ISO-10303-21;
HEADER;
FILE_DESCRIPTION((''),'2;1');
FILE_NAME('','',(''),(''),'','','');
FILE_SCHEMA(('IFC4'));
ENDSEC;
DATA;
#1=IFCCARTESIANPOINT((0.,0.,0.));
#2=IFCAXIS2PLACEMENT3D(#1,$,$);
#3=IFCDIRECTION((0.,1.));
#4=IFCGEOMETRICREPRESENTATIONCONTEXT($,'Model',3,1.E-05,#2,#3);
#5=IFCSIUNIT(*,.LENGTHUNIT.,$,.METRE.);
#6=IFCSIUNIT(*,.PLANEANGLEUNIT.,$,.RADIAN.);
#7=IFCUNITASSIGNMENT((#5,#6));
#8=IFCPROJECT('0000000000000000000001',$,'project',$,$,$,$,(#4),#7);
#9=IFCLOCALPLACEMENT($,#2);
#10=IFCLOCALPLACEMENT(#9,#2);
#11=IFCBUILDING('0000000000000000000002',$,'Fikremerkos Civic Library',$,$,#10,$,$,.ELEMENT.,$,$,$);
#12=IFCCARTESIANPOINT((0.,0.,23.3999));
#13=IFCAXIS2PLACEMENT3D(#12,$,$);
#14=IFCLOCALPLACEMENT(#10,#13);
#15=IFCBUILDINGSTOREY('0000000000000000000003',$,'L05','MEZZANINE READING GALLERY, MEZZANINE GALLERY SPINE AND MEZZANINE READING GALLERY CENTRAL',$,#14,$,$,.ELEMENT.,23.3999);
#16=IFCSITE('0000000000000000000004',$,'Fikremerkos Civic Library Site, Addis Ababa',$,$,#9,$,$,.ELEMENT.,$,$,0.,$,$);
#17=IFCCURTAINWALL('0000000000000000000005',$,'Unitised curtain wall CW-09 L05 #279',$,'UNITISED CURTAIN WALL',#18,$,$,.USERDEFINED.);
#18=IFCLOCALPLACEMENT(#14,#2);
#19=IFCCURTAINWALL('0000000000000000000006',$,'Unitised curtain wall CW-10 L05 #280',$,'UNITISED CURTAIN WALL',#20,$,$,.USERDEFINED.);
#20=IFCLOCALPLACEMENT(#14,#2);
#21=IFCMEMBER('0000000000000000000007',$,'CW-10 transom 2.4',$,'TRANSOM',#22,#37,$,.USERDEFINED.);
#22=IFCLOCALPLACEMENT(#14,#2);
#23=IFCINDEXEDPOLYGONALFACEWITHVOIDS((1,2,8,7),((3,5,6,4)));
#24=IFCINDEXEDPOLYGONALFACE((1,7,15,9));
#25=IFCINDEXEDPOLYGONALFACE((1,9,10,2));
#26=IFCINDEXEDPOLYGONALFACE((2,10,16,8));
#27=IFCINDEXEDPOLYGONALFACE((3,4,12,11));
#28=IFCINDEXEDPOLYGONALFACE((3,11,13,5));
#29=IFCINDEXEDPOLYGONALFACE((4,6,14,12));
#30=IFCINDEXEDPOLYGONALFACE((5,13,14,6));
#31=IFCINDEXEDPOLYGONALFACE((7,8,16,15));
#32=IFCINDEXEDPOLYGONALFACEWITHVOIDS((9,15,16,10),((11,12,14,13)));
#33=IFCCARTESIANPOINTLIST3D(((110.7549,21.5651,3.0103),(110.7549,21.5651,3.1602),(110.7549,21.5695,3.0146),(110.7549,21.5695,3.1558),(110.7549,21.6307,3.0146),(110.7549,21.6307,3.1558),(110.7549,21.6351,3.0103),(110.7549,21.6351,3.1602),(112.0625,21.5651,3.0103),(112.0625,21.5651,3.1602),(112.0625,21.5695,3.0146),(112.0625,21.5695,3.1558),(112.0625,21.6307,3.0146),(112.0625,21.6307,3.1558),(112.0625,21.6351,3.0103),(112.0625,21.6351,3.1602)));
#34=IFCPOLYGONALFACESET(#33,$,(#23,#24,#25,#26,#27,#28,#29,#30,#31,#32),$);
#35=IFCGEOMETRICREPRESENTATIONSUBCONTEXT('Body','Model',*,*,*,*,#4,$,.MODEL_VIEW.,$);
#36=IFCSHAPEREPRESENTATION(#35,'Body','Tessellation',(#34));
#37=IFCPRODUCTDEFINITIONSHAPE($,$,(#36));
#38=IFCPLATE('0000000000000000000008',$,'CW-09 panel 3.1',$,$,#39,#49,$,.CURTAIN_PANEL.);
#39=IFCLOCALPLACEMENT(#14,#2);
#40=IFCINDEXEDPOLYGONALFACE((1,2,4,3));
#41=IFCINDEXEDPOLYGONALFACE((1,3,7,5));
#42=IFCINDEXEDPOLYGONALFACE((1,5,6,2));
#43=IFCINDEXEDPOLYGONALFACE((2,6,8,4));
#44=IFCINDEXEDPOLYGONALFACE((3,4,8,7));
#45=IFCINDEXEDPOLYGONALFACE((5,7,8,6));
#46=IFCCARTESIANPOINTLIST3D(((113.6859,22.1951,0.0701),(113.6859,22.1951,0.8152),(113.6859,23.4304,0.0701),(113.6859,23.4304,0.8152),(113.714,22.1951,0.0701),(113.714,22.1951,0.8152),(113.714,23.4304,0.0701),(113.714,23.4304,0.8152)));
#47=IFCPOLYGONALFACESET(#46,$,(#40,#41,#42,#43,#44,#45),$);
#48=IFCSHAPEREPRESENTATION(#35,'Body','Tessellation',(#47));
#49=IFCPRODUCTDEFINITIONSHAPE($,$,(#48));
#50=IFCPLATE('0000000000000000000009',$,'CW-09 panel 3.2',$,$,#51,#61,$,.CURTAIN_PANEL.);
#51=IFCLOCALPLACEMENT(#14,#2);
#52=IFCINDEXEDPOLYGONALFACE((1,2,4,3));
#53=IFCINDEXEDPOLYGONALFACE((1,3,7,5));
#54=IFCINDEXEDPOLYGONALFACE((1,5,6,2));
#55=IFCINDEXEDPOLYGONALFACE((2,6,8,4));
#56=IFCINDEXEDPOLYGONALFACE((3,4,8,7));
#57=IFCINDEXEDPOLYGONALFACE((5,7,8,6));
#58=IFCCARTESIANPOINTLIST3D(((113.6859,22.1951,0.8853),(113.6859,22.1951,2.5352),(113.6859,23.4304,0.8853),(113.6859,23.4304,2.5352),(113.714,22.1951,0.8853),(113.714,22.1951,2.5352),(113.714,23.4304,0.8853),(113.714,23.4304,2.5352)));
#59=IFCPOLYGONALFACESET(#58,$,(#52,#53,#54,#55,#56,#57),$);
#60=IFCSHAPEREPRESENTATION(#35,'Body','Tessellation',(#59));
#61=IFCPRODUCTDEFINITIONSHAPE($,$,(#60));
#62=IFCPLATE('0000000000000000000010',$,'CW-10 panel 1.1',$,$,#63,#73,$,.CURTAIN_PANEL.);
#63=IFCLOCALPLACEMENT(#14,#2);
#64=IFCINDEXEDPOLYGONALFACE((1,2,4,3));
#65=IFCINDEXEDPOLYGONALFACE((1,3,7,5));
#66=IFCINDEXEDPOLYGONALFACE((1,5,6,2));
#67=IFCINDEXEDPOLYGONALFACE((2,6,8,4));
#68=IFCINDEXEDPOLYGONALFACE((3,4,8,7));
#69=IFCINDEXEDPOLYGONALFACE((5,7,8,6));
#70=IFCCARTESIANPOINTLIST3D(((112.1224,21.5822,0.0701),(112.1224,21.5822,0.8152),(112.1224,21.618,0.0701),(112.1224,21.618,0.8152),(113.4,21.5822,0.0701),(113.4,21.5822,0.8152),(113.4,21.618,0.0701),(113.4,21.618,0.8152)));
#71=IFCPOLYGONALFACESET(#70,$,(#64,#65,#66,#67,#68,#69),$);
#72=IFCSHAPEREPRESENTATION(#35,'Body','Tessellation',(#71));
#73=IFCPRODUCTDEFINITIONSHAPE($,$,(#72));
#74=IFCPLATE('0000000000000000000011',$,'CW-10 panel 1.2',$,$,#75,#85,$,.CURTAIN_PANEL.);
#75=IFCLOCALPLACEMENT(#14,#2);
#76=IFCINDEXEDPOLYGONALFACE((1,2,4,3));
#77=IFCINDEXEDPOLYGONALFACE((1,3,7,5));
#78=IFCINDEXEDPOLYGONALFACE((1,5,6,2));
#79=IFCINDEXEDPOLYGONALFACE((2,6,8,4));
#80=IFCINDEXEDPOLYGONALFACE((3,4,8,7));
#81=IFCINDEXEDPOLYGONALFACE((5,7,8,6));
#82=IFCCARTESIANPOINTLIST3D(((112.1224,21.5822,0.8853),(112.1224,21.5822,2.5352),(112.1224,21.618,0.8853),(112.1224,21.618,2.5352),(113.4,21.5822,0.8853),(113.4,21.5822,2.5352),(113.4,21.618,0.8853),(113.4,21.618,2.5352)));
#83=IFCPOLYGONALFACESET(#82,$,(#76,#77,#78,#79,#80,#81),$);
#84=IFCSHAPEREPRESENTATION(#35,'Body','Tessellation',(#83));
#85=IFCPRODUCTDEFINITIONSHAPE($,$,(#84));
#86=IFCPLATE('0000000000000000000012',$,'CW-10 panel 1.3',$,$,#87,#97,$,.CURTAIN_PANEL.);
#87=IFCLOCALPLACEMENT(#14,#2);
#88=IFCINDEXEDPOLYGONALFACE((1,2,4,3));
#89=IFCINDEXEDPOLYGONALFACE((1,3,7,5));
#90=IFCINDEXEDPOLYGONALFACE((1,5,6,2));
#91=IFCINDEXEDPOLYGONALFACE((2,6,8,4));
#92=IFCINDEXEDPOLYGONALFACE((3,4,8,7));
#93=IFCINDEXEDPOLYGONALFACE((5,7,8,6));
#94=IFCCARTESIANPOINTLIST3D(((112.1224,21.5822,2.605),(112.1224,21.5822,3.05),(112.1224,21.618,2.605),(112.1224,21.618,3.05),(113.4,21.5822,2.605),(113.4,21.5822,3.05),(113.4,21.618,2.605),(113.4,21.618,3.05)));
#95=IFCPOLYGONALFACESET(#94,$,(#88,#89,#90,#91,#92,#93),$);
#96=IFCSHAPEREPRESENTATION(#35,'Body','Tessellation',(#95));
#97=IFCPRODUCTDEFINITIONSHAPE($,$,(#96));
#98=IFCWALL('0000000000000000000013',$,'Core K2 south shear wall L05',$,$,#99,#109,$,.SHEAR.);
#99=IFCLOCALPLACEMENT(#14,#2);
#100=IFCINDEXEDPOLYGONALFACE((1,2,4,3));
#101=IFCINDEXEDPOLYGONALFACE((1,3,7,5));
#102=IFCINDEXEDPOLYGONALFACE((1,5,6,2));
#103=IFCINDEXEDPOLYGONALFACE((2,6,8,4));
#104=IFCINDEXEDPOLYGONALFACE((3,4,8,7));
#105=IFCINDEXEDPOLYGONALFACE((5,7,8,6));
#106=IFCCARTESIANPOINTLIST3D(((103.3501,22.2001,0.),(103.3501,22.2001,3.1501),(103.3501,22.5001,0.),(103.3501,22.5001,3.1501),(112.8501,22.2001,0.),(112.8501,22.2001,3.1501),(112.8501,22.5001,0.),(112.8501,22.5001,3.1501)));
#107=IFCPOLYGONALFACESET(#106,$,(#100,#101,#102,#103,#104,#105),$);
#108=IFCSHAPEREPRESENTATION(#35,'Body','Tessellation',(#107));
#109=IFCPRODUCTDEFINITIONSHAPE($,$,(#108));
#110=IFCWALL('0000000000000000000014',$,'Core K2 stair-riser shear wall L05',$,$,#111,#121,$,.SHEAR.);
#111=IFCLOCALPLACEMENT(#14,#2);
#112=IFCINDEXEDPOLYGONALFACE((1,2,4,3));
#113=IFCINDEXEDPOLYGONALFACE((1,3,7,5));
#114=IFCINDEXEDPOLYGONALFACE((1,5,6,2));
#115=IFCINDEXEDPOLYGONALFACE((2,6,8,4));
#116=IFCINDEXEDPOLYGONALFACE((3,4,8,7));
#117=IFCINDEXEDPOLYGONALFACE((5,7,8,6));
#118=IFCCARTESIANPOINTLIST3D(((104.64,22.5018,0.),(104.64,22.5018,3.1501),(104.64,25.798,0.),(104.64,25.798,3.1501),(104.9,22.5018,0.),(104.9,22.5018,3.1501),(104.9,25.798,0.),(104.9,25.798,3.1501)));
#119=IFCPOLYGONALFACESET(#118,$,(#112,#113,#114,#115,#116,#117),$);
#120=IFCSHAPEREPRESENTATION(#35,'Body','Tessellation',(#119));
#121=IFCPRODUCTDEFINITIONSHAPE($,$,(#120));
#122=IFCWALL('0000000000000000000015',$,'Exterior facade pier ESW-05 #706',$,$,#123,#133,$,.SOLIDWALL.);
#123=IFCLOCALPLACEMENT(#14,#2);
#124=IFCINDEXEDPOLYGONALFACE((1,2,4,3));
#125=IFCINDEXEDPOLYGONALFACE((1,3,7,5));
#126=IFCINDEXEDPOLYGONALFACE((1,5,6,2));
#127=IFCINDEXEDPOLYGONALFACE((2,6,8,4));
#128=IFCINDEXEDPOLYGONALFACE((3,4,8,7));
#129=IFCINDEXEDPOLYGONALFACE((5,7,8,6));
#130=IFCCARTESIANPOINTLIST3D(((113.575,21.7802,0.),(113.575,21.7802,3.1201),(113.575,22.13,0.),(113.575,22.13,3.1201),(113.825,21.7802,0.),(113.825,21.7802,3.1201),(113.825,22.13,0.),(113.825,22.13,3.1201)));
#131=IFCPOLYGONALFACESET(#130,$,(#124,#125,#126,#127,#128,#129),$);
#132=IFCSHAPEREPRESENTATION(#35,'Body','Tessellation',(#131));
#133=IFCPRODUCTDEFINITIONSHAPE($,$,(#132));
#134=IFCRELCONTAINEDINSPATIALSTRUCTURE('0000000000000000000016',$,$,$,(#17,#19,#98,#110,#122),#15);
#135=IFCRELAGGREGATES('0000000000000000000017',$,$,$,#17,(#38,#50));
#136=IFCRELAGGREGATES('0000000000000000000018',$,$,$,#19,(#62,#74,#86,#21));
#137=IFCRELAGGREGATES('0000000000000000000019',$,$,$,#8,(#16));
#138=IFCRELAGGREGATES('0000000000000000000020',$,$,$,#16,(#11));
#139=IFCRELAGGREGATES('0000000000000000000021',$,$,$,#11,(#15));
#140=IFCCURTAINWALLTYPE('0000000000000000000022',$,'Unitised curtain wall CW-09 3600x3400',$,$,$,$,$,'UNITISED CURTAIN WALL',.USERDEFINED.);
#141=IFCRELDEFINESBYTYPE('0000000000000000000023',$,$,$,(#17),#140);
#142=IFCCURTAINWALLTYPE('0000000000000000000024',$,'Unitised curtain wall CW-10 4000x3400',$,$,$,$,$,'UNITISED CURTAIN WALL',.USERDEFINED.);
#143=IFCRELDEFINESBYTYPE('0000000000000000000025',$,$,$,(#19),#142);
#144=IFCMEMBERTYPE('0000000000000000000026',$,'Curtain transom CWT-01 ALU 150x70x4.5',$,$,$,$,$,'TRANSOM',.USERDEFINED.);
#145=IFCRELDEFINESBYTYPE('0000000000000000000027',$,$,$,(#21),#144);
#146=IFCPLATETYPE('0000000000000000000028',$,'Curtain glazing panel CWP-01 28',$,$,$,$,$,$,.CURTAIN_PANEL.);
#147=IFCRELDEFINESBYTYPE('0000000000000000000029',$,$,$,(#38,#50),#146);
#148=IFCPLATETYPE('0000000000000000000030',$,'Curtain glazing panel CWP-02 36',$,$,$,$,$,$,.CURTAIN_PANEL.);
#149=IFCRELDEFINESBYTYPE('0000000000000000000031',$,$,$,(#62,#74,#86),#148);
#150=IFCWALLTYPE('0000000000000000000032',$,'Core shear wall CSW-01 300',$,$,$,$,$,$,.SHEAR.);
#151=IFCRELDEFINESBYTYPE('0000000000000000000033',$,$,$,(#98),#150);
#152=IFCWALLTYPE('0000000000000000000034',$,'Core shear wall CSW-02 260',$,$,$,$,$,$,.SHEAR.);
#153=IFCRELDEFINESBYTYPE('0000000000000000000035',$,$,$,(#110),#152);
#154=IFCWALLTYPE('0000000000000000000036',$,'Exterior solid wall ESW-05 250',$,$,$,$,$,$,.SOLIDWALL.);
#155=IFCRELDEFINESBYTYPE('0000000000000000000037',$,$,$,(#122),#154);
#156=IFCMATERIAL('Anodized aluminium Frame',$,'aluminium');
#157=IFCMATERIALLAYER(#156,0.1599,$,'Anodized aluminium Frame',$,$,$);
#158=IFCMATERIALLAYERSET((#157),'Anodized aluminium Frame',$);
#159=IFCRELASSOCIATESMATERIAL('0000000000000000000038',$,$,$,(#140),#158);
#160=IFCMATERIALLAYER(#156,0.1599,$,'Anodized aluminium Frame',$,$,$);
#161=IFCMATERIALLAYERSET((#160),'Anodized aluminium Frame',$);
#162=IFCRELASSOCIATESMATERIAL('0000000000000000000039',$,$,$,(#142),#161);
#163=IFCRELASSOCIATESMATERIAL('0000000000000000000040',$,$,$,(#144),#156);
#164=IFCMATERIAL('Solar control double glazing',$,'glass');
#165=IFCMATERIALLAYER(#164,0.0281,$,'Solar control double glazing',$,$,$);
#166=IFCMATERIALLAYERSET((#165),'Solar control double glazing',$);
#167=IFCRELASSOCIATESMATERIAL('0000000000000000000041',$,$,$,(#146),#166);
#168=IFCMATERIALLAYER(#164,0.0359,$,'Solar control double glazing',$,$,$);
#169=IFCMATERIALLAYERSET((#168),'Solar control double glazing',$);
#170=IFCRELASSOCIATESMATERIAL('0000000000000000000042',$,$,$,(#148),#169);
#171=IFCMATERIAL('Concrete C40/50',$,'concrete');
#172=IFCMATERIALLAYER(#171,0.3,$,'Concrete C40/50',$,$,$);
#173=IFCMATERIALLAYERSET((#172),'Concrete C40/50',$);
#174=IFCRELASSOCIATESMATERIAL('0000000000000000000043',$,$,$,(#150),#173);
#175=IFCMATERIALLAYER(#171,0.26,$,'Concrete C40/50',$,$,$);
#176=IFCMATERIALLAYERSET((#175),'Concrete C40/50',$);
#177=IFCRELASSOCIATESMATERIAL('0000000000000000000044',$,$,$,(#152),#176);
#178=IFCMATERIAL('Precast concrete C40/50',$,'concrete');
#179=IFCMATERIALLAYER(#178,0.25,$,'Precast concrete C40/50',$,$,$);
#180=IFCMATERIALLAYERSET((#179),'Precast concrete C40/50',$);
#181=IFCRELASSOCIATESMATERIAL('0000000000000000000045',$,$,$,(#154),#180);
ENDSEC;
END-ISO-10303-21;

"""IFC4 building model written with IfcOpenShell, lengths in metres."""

from ifc_helpers import new_model, si_unit, direction, frame, frame_2d, origin, origin_2d, place, context, subcontext, project, spatial, rectangle, hollow_rectangle, extrude, material, layer, layer_set, material_profile, profile_set, type_object, element, aggregate, save


model = new_model("IFC4")

# Units and contexts
model_context = context("Model", 3, precision=1e-05, world=origin(), true_north=direction((0.0, 1.0)))
body_context = subcontext(model_context, "Body", "Model", "MODEL_VIEW")
ifc_project = project(units=[si_unit("LENGTHUNIT", "METRE"), si_unit("PLANEANGLEUNIT", "RADIAN")], contexts=[model_context])

# Site, building, storey
site_placement = place(None, origin())
site = spatial("IfcSite", under=ifc_project, at=site_placement, Name="Fikremerkos Civic Library Site, Addis Ababa", CompositionType="ELEMENT", RefElevation=0.0)
building_placement = place(site_placement, origin())
building = spatial("IfcBuilding", under=site, at=building_placement, Name="Fikremerkos Civic Library", CompositionType="ELEMENT")
storey_placement = place(building_placement, frame((0.0, 0.0, 23.3999)))
storey = spatial("IfcBuildingStorey", under=building, at=storey_placement, Name="L05", Description="MEZZANINE READING GALLERY, MEZZANINE GALLERY SPINE AND MEZZANINE READING GALLERY CENTRAL", CompositionType="ELEMENT", Elevation=23.3999)

# Curtain wall
ifc_material_1 = material(Name="Anodized aluminium Frame", Category="aluminium")
ifc_layer_1 = layer(ifc_material_1, 0.1599, Name="Anodized aluminium Frame")
ifc_layer_set_1 = layer_set([ifc_layer_1], Name="Anodized aluminium Frame")
curtain_wall_type_1 = type_object("IfcCurtainWallType", Name="Unitised curtain wall CW-09 3600x3400", ElementType="UNITISED CURTAIN WALL", PredefinedType="USERDEFINED", material=ifc_layer_set_1)
curtain_wall_1_placement = place(storey_placement, origin())
curtain_wall_1 = element("IfcCurtainWall", 1, at=curtain_wall_1_placement, inside=storey, type_object=curtain_wall_type_1, Name="Unitised curtain wall CW-09 L05 #279", ObjectType="UNITISED CURTAIN WALL", PredefinedType="USERDEFINED")

# Curtain wall, member
ifc_layer_2 = layer(ifc_material_1, 0.1599, Name="Anodized aluminium Frame")
ifc_layer_set_2 = layer_set([ifc_layer_2], Name="Anodized aluminium Frame")
curtain_wall_type_2 = type_object("IfcCurtainWallType", Name="Unitised curtain wall CW-10 4000x3400", ElementType="UNITISED CURTAIN WALL", PredefinedType="USERDEFINED", material=ifc_layer_set_2)
curtain_wall_2_placement = place(storey_placement, origin())
curtain_wall_2 = element("IfcCurtainWall", 2, at=curtain_wall_2_placement, inside=storey, type_object=curtain_wall_type_2, Name="Unitised curtain wall CW-10 L05 #280", ObjectType="UNITISED CURTAIN WALL", PredefinedType="USERDEFINED")
ifc_material_profile_1 = material_profile(ifc_material_1, hollow_rectangle(XDim=0.0701, YDim=0.1499, WallThickness=0.0044, at=origin_2d()), Name="ALU 150x70x4.5")
ifc_profile_set_1 = profile_set([ifc_material_profile_1], Name="Anodized aluminium Frame")
member_type_1 = type_object("IfcMemberType", Name="Curtain transom CWT-01 ALU 150x70x4.5", ElementType="TRANSOM", PredefinedType="USERDEFINED", material=ifc_profile_set_1)
member_1_placement = place(storey_placement, frame((112.0625, 21.6001, 3.0852), z_axis=(-1.0, 0.0, 0.0), x_axis=(0.0, -1.0, 0.0)))
member_1 = element("IfcMember", 3, at=member_1_placement, type_object=member_type_1, Name="CW-10 transom 2.4", ObjectType="TRANSOM", PredefinedType="USERDEFINED", context=body_context, shape_type="SweptSolid", body=[
    extrude(hollow_rectangle(XDim=0.0701, YDim=0.1499, WallThickness=0.0044, at=origin_2d()), origin(), (0.0, 0.0, 1.0), 1.3076),
])

# Plates
ifc_material_2 = material(Name="Solar control double glazing", Category="glass")
ifc_layer_3 = layer(ifc_material_2, 0.0281, Name="Solar control double glazing")
ifc_layer_set_3 = layer_set([ifc_layer_3], Name="Solar control double glazing")
plate_type_1 = type_object("IfcPlateType", Name="Curtain glazing panel CWP-01 28", PredefinedType="CURTAIN_PANEL", material=ifc_layer_set_3)
plate_1_placement = place(storey_placement, frame((113.7, 22.8127, 0.0701), z_axis=(0.0, 0.0, 1.0), x_axis=(0.0, -1.0, 0.0)))
plate_1 = element("IfcPlate", 4, at=plate_1_placement, type_object=plate_type_1, Name="CW-09 panel 3.1", PredefinedType="CURTAIN_PANEL", context=body_context, shape_type="SweptSolid", body=[
    extrude(rectangle(XDim=1.2354, YDim=0.0281, at=origin_2d()), origin(), (0.0, 0.0, 1.0), 0.7451),
])
plate_2_placement = place(storey_placement, frame((113.7, 22.8127, 0.8853), z_axis=(0.0, 0.0, 1.0), x_axis=(0.0, -1.0, 0.0)))
plate_2 = element("IfcPlate", 5, at=plate_2_placement, type_object=plate_type_1, Name="CW-09 panel 3.2", PredefinedType="CURTAIN_PANEL", context=body_context, shape_type="SweptSolid", body=[
    extrude(rectangle(XDim=1.2354, YDim=0.0281, at=origin_2d()), origin(), (0.0, 0.0, 1.0), 1.6499),
])
aggregate(curtain_wall_1, [plate_1, plate_2])
ifc_layer_4 = layer(ifc_material_2, 0.0359, Name="Solar control double glazing")
ifc_layer_set_4 = layer_set([ifc_layer_4], Name="Solar control double glazing")
plate_type_2 = type_object("IfcPlateType", Name="Curtain glazing panel CWP-02 36", PredefinedType="CURTAIN_PANEL", material=ifc_layer_set_4)
plate_3_placement = place(storey_placement, frame((112.7612, 21.6001, 0.0701), z_axis=(0.0, 0.0, 1.0), x_axis=(-1.0, 0.0, 0.0)))
plate_3 = element("IfcPlate", 6, at=plate_3_placement, type_object=plate_type_2, Name="CW-10 panel 1.1", PredefinedType="CURTAIN_PANEL", context=body_context, shape_type="SweptSolid", body=[
    extrude(rectangle(XDim=1.2776, YDim=0.0359, at=origin_2d()), origin(), (0.0, 0.0, 1.0), 0.7451),
])
plate_4_placement = place(storey_placement, frame((112.7612, 21.6001, 0.8853), z_axis=(0.0, 0.0, 1.0), x_axis=(-1.0, 0.0, 0.0)))
plate_4 = element("IfcPlate", 7, at=plate_4_placement, type_object=plate_type_2, Name="CW-10 panel 1.2", PredefinedType="CURTAIN_PANEL", context=body_context, shape_type="SweptSolid", body=[
    extrude(rectangle(XDim=1.2776, YDim=0.0359, at=origin_2d()), origin(), (0.0, 0.0, 1.0), 1.6499),
])
plate_5_placement = place(storey_placement, frame((112.7612, 21.6001, 2.605), z_axis=(0.0, 0.0, 1.0), x_axis=(-1.0, 0.0, 0.0)))
plate_5 = element("IfcPlate", 8, at=plate_5_placement, type_object=plate_type_2, Name="CW-10 panel 1.3", PredefinedType="CURTAIN_PANEL", context=body_context, shape_type="SweptSolid", body=[
    extrude(rectangle(XDim=1.2776, YDim=0.0359, at=origin_2d()), origin(), (0.0, 0.0, 1.0), 0.4451),
])
aggregate(curtain_wall_2, [plate_3, plate_4, plate_5, member_1])

# Walls
ifc_material_3 = material(Name="Concrete C40/50", Category="concrete")
ifc_layer_5 = layer(ifc_material_3, 0.3, Name="Concrete C40/50")
ifc_layer_set_5 = layer_set([ifc_layer_5], Name="Concrete C40/50")
wall_type_1 = type_object("IfcWallType", Name="Core shear wall CSW-01 300", PredefinedType="SHEAR", material=ifc_layer_set_5)
wall_1_placement = place(storey_placement, frame((112.8501, 22.3501, 0.0), z_axis=(0.0, 0.0, 1.0), x_axis=(-1.0, 0.0, 0.0)))
element("IfcWall", 9, at=wall_1_placement, inside=storey, type_object=wall_type_1, Name="Core K2 south shear wall L05", PredefinedType="SHEAR", context=body_context, shape_type="SweptSolid", body=[
    extrude(rectangle(XDim=9.5, YDim=0.3, at=frame_2d((4.75, 0.0))), origin(), (0.0, 0.0, 1.0), 3.1501),
])
ifc_layer_6 = layer(ifc_material_3, 0.26, Name="Concrete C40/50")
ifc_layer_set_6 = layer_set([ifc_layer_6], Name="Concrete C40/50")
wall_type_2 = type_object("IfcWallType", Name="Core shear wall CSW-02 260", PredefinedType="SHEAR", material=ifc_layer_set_6)
wall_2_placement = place(storey_placement, frame((104.77, 22.502, 0.0), z_axis=(0.0, 0.0, 1.0), x_axis=(0.0, 1.0, 0.0)))
element("IfcWall", 10, at=wall_2_placement, inside=storey, type_object=wall_type_2, Name="Core K2 stair-riser shear wall L05", PredefinedType="SHEAR", context=body_context, shape_type="SweptSolid", body=[
    extrude(rectangle(XDim=3.2961, YDim=0.26, at=frame_2d((1.6479, 0.0))), origin(), (0.0, 0.0, 1.0), 3.1501),
])

# Wall
ifc_material_4 = material(Name="Precast concrete C40/50", Category="concrete")
ifc_layer_7 = layer(ifc_material_4, 0.25, Name="Precast concrete C40/50")
ifc_layer_set_7 = layer_set([ifc_layer_7], Name="Precast concrete C40/50")
wall_type_3 = type_object("IfcWallType", Name="Exterior solid wall ESW-05 250", PredefinedType="SOLIDWALL", material=ifc_layer_set_7)
wall_3_placement = place(storey_placement, frame((113.7, 22.1299, 0.0), z_axis=(0.0, 0.0, 1.0), x_axis=(0.0, -1.0, 0.0)))
element("IfcWall", 11, at=wall_3_placement, inside=storey, type_object=wall_type_3, Name="Exterior facade pier ESW-05 #706", PredefinedType="SOLIDWALL", context=body_context, shape_type="SweptSolid", body=[
    extrude(rectangle(XDim=0.3499, YDim=0.25, at=frame_2d((0.1748, 0.0))), origin(), (0.0, 0.0, 1.0), 3.1201),
])

save(model, "model.ifc")
